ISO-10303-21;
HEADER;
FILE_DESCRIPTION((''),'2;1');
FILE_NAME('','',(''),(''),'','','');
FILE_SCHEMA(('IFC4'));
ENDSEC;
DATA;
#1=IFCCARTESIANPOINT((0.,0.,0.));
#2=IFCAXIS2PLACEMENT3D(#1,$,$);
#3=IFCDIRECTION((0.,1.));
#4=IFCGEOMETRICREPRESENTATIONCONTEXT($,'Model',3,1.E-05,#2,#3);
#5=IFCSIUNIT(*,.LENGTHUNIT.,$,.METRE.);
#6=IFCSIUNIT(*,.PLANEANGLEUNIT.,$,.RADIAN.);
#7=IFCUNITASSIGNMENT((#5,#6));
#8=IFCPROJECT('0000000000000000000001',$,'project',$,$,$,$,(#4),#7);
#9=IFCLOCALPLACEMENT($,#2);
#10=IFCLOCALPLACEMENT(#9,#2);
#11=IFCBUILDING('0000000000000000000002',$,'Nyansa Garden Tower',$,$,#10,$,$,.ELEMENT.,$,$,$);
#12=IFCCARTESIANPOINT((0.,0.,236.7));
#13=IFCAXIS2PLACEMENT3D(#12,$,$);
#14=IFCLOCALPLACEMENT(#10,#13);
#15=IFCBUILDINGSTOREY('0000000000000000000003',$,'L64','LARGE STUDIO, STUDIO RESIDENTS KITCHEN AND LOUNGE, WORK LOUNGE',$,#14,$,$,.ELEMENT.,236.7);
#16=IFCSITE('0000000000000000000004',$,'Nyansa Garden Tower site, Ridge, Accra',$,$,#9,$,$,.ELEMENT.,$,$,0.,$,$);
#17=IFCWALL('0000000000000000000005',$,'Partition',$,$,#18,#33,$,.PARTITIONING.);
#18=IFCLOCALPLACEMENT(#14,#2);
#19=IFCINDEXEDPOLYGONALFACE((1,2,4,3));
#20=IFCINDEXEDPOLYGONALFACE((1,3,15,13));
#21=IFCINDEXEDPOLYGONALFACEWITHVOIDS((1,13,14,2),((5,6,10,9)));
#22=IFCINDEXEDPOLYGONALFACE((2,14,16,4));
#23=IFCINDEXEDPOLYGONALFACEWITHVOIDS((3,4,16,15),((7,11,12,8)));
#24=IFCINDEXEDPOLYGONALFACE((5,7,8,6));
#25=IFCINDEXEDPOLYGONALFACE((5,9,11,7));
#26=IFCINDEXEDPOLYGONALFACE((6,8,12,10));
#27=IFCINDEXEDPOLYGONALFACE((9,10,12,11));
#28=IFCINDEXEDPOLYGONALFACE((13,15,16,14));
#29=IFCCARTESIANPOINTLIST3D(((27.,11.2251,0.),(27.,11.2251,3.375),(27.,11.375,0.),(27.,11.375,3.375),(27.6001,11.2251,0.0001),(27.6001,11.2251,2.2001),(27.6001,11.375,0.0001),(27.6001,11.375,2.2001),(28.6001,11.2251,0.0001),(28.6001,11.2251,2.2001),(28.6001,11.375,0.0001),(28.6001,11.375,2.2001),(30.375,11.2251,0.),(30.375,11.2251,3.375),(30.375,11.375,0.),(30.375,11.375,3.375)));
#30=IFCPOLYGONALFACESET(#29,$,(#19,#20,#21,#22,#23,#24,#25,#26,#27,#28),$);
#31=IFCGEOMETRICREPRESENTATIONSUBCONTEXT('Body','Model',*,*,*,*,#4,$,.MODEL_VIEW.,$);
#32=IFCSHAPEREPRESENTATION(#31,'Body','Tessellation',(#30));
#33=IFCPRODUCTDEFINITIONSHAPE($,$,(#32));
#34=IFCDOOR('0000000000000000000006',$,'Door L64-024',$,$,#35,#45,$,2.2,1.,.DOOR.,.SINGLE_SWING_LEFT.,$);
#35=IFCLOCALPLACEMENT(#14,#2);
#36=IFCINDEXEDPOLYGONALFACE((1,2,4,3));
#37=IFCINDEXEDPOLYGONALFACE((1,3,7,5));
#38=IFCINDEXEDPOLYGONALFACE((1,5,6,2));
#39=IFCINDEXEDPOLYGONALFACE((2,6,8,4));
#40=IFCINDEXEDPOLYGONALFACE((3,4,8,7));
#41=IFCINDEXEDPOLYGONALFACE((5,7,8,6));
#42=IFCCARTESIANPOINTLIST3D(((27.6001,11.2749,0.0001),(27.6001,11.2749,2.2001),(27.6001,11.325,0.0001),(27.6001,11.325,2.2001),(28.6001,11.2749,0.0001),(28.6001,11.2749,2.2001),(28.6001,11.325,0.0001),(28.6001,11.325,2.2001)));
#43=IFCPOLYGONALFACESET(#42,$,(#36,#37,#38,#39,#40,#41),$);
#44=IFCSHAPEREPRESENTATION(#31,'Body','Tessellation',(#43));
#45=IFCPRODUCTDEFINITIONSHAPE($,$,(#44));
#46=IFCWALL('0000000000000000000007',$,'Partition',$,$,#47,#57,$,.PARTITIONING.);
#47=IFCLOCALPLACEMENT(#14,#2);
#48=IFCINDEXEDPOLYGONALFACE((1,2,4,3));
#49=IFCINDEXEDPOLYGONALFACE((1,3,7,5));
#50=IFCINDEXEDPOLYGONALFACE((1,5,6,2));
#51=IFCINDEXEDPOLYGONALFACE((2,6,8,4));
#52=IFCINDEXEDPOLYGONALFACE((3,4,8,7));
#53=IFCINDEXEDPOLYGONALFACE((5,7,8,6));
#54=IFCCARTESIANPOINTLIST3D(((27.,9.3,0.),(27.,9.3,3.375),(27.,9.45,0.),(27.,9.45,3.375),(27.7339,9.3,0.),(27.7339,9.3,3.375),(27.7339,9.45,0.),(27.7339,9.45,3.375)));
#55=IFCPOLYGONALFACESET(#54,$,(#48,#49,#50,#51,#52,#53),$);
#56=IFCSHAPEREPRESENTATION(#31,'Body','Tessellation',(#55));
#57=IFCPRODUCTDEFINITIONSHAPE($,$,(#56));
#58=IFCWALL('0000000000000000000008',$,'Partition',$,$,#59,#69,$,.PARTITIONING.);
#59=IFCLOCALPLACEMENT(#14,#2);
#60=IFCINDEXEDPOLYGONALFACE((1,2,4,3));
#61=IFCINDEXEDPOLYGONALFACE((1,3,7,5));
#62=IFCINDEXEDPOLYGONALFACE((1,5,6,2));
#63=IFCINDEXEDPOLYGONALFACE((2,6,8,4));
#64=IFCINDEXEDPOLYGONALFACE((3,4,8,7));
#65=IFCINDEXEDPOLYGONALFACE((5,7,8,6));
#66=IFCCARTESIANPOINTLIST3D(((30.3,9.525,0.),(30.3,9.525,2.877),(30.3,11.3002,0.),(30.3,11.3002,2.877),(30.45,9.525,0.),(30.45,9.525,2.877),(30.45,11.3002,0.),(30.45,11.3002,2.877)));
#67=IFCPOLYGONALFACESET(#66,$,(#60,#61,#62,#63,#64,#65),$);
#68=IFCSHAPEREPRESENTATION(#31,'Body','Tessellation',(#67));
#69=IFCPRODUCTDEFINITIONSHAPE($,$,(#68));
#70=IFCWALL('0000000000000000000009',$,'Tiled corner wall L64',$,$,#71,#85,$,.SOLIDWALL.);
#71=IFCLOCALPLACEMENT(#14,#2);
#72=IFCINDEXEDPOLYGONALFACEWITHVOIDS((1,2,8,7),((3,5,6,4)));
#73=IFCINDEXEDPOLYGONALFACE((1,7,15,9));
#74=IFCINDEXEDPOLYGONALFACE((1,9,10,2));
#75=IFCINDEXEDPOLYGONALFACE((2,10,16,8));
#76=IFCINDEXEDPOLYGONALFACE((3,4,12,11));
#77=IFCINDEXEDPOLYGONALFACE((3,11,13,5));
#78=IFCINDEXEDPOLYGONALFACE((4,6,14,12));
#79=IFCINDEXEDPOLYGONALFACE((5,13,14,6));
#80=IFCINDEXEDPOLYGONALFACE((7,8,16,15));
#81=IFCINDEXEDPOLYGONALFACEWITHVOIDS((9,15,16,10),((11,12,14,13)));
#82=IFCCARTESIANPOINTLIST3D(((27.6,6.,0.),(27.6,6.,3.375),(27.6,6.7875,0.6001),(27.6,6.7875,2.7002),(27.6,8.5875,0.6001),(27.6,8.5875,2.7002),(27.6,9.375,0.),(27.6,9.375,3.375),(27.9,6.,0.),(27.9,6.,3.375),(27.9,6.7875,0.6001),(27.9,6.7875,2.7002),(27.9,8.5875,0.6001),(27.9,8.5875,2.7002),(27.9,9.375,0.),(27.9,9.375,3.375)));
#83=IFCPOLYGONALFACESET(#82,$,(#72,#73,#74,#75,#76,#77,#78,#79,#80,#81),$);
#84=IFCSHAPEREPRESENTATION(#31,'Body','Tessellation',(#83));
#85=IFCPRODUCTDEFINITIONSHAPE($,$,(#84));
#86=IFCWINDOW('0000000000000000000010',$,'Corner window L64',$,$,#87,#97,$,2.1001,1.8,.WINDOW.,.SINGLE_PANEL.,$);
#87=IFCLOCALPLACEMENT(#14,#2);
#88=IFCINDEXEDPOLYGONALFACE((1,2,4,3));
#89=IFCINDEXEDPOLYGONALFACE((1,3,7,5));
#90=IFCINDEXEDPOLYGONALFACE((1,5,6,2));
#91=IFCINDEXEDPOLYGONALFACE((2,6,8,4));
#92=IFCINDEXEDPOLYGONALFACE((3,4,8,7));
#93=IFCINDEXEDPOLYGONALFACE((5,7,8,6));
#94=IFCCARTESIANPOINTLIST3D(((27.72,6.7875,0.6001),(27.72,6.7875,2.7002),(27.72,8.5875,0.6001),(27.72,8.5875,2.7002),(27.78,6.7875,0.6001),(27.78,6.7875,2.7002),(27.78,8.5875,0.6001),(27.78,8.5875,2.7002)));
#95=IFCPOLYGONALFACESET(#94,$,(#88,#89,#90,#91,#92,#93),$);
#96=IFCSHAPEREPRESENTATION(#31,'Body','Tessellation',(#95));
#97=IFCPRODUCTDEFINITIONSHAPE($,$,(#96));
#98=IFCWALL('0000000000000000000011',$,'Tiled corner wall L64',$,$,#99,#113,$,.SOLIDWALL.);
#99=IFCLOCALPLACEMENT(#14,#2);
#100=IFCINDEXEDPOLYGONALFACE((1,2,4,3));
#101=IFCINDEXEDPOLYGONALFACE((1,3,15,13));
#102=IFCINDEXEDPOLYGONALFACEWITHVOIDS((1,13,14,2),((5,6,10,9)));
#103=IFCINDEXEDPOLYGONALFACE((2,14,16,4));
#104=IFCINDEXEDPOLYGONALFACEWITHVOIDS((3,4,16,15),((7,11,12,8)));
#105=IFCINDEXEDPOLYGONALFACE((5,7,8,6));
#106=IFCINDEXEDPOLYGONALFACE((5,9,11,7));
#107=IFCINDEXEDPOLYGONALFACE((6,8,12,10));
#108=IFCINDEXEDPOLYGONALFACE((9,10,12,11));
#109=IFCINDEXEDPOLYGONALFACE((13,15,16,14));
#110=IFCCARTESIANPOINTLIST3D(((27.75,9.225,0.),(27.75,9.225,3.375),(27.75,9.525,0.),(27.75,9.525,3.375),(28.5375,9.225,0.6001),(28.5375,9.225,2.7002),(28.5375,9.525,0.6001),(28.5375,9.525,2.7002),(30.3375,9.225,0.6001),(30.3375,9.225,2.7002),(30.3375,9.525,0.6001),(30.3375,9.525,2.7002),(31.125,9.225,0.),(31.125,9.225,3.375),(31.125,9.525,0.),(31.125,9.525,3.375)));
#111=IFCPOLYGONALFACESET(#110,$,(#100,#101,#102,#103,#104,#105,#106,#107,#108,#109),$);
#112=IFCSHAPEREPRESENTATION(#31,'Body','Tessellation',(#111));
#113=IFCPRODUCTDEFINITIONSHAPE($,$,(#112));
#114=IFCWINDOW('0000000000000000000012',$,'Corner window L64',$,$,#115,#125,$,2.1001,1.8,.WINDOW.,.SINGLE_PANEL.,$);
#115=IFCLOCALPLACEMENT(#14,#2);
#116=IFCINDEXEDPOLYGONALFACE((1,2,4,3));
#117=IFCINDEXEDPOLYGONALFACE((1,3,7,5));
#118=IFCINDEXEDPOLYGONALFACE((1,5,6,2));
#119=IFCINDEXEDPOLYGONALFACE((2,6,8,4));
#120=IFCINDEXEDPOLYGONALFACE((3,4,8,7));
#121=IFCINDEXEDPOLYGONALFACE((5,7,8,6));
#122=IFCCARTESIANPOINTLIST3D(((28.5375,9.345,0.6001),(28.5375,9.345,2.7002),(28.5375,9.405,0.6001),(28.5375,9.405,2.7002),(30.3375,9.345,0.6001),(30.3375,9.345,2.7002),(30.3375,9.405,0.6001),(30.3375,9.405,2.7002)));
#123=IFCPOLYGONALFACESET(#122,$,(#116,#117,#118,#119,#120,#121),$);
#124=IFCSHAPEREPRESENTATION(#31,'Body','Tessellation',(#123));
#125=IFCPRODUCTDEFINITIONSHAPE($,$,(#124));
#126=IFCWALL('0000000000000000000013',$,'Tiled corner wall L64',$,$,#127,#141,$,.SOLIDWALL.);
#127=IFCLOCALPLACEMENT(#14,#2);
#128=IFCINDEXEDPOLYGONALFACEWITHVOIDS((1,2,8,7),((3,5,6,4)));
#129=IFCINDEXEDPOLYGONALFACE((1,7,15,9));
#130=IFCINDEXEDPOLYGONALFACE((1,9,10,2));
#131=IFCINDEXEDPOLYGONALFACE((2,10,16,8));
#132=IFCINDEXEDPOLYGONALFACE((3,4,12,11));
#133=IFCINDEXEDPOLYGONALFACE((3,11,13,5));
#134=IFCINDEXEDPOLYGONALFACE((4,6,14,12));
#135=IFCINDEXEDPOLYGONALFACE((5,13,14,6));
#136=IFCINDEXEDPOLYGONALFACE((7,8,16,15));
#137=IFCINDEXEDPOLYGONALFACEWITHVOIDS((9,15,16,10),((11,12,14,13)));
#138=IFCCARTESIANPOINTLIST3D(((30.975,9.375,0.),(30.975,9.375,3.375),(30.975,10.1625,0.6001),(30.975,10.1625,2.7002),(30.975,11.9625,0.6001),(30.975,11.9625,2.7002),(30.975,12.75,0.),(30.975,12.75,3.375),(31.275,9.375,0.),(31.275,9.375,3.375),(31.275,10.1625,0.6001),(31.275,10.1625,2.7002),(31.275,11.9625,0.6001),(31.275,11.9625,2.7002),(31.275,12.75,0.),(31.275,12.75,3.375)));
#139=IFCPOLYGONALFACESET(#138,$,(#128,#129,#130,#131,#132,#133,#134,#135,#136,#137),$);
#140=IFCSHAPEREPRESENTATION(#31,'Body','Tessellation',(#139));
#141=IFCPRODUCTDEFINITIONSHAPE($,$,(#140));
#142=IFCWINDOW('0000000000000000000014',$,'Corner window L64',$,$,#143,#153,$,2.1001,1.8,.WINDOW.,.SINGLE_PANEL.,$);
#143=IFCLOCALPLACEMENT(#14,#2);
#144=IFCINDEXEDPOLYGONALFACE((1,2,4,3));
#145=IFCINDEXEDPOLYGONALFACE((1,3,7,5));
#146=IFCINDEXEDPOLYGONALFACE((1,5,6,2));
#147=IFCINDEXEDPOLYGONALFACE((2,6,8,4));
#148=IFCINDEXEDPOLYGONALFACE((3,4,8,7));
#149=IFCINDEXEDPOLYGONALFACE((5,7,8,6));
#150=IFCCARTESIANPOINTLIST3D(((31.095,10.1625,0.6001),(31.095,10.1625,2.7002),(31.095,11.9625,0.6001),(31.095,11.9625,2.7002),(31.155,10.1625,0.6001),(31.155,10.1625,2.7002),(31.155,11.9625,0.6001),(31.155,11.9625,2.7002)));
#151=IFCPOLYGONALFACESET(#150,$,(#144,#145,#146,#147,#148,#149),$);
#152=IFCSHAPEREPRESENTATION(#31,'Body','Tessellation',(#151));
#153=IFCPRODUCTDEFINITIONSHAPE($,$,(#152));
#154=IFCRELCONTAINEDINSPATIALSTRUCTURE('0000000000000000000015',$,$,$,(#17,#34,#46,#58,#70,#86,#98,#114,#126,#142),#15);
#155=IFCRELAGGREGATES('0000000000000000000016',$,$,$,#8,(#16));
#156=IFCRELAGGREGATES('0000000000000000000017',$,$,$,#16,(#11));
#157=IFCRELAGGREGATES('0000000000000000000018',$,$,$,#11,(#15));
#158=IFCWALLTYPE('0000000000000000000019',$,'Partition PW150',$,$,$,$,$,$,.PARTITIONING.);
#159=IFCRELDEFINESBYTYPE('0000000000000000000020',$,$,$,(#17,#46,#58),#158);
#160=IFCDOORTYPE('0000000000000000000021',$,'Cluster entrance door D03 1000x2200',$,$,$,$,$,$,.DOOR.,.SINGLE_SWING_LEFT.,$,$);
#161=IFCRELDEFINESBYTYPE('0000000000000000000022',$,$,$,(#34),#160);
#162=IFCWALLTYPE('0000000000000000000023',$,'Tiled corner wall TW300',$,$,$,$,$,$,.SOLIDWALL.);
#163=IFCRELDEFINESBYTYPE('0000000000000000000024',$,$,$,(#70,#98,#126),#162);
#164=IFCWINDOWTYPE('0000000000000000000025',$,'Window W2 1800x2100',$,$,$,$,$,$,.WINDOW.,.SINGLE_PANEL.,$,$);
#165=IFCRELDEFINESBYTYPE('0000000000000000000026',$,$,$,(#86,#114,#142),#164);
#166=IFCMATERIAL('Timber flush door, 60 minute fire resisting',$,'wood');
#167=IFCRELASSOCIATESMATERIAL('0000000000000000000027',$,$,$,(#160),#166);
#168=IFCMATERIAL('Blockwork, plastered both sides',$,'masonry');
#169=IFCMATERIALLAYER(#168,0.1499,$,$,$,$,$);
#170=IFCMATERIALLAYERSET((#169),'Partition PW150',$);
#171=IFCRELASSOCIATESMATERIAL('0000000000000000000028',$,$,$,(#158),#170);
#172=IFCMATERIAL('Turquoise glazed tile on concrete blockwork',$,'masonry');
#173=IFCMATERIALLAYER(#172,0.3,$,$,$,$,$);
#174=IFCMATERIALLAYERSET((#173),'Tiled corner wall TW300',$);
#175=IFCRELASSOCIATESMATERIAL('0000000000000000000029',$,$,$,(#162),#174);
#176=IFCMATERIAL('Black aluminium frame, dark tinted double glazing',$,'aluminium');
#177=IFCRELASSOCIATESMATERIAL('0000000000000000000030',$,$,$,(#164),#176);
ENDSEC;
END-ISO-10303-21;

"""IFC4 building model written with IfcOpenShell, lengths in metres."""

from ifc_helpers import new_model, si_unit, direction, frame, frame_2d, origin, place, context, subcontext, project, spatial, rectangle, extrude, material, layer, layer_set, type_object, element, fill, save


model = new_model("IFC4")

# Units and contexts
model_context = context("Model", 3, precision=1e-05, world=origin(), true_north=direction((0.0, 1.0)))
body_context = subcontext(model_context, "Body", "Model", "MODEL_VIEW")
ifc_project = project(units=[si_unit("LENGTHUNIT", "METRE"), si_unit("PLANEANGLEUNIT", "RADIAN")], contexts=[model_context])

# Site, building, storey
site_placement = place(None, origin())
site = spatial("IfcSite", under=ifc_project, at=site_placement, Name="Nyansa Garden Tower site, Ridge, Accra", CompositionType="ELEMENT", RefElevation=0.0)
building_placement = place(site_placement, origin())
building = spatial("IfcBuilding", under=site, at=building_placement, Name="Nyansa Garden Tower", CompositionType="ELEMENT")
storey_placement = place(building_placement, frame((0.0, 0.0, 236.7)))
storey = spatial("IfcBuildingStorey", under=building, at=storey_placement, Name="L64", Description="LARGE STUDIO, STUDIO RESIDENTS KITCHEN AND LOUNGE, WORK LOUNGE", CompositionType="ELEMENT", Elevation=236.7)

# Shared definitions
ifc_material_1 = material(Name="Timber flush door, 60 minute fire resisting", Category="wood")
door_type_1 = type_object("IfcDoorType", Name="Cluster entrance door D03 1000x2200", OperationType="SINGLE_SWING_LEFT", PredefinedType="DOOR", material=ifc_material_1)

# Wall, opening, door
ifc_material_2 = material(Name="Blockwork, plastered both sides", Category="masonry")
ifc_layer_1 = layer(ifc_material_2, 0.1499)
ifc_layer_set_1 = layer_set([ifc_layer_1], Name="Partition PW150")
wall_type_1 = type_object("IfcWallType", Name="Partition PW150", PredefinedType="PARTITIONING", material=ifc_layer_set_1)
wall_1_placement = place(storey_placement, frame((27.0, 11.3, 0.0), z_axis=(0.0, 0.0, 1.0), x_axis=(1.0, 0.0, 0.0)))
wall_1 = element("IfcWall", 1, at=wall_1_placement, inside=storey, type_object=wall_type_1, Name="Partition", PredefinedType="PARTITIONING", context=body_context, shape_type="SweptSolid", body=[
    extrude(rectangle(XDim=3.375, YDim=0.1499, at=frame_2d((1.6875, 0.0))), origin(), (0.0, 0.0, 1.0), 3.375),
])
opening_1_placement = place(wall_1_placement, frame((0.6001, 0.0, 0.0)))
opening_1 = element("IfcOpeningElement", 2, at=opening_1_placement, cuts=wall_1, PredefinedType="OPENING", context=body_context, shape_type="SweptSolid", body=[
    extrude(rectangle(XDim=1.0, YDim=2.2, at=frame_2d((0.5, 1.1001))), frame((0.0, 0.085, 0.0), z_axis=(0.0, -1.0, 0.0), x_axis=(1.0, 0.0, 0.0)), (0.0, 0.0, 1.0), 0.1699),
])
door_1_placement = place(opening_1_placement, origin())
door_1 = element("IfcDoor", 3, at=door_1_placement, inside=storey, type_object=door_type_1, Name="Door L64-024", OperationType="SINGLE_SWING_LEFT", OverallHeight=2.2, OverallWidth=1.0, PredefinedType="DOOR", context=body_context, shape_type="SweptSolid", body=[
    extrude(rectangle(XDim=1.0, YDim=2.2, at=frame_2d((0.5, 1.1001))), frame((0.0, 0.0249, 0.0), z_axis=(0.0, -1.0, 0.0), x_axis=(1.0, 0.0, 0.0)), (0.0, 0.0, 1.0), 0.05),
])
fill(opening_1, door_1)

# Walls
wall_2_placement = place(storey_placement, frame((27.0, 9.375, 0.0), z_axis=(0.0, 0.0, 1.0), x_axis=(1.0, 0.0, 0.0)))
element("IfcWall", 4, at=wall_2_placement, inside=storey, type_object=wall_type_1, Name="Partition", PredefinedType="PARTITIONING", context=body_context, shape_type="SweptSolid", body=[
    extrude(rectangle(XDim=0.7339, YDim=0.1499, at=frame_2d((0.3669, 0.0))), origin(), (0.0, 0.0, 1.0), 3.375),
])
wall_3_placement = place(storey_placement, frame((30.375, 9.5249, 0.0), z_axis=(0.0, 0.0, 1.0), x_axis=(0.0, 1.0, 0.0)))
element("IfcWall", 5, at=wall_3_placement, inside=storey, type_object=wall_type_1, Name="Partition", PredefinedType="PARTITIONING", context=body_context, shape_type="SweptSolid", body=[
    extrude(rectangle(XDim=1.7751, YDim=0.1499, at=frame_2d((0.8877, 0.0))), origin(), (0.0, 0.0, 1.0), 2.877),
])

# Walls, openings, windows
ifc_material_3 = material(Name="Turquoise glazed tile on concrete blockwork", Category="masonry")
ifc_layer_2 = layer(ifc_material_3, 0.3)
ifc_layer_set_2 = layer_set([ifc_layer_2], Name="Tiled corner wall TW300")
wall_type_2 = type_object("IfcWallType", Name="Tiled corner wall TW300", PredefinedType="SOLIDWALL", material=ifc_layer_set_2)
wall_4_placement = place(storey_placement, frame((27.75, 6.0, 0.0), z_axis=(0.0, 0.0, 1.0), x_axis=(0.0, 1.0, 0.0)))
wall_4 = element("IfcWall", 6, at=wall_4_placement, inside=storey, type_object=wall_type_2, Name="Tiled corner wall L64", PredefinedType="SOLIDWALL", context=body_context, shape_type="SweptSolid", body=[
    extrude(rectangle(XDim=3.375, YDim=0.3, at=frame_2d((1.6875, 0.0))), origin(), (0.0, 0.0, 1.0), 3.375),
])
opening_2_placement = place(wall_4_placement, frame((0.7876, 0.0, 0.6001)))
opening_2 = element("IfcOpeningElement", 7, at=opening_2_placement, cuts=wall_4, PredefinedType="OPENING", context=body_context, shape_type="SweptSolid", body=[
    extrude(rectangle(XDim=1.8, YDim=2.1001, at=frame_2d((0.8999, 1.05))), frame((0.0, 0.1599, 0.0), z_axis=(0.0, -1.0, 0.0), x_axis=(1.0, 0.0, 0.0)), (0.0, 0.0, 1.0), 0.3201),
])
ifc_material_4 = material(Name="Black aluminium frame, dark tinted double glazing", Category="aluminium")
window_type = type_object("IfcWindowType", Name="Window W2 1800x2100", PartitioningType="SINGLE_PANEL", PredefinedType="WINDOW", material=ifc_material_4)
window_1_placement = place(opening_2_placement, origin())
window_1 = element("IfcWindow", 8, at=window_1_placement, inside=storey, type_object=window_type, Name="Corner window L64", OverallHeight=2.1001, OverallWidth=1.8, PartitioningType="SINGLE_PANEL", PredefinedType="WINDOW", context=body_context, shape_type="SweptSolid", body=[
    extrude(rectangle(XDim=1.8, YDim=2.1001, at=frame_2d((0.8999, 1.05))), frame((0.0, 0.03, 0.0), z_axis=(0.0, -1.0, 0.0), x_axis=(1.0, 0.0, 0.0)), (0.0, 0.0, 1.0), 0.0601),
])
fill(opening_2, window_1)
wall_5_placement = place(storey_placement, frame((27.75, 9.375, 0.0), z_axis=(0.0, 0.0, 1.0), x_axis=(1.0, 0.0, 0.0)))
wall_5 = element("IfcWall", 9, at=wall_5_placement, inside=storey, type_object=wall_type_2, Name="Tiled corner wall L64", PredefinedType="SOLIDWALL", context=body_context, shape_type="SweptSolid", body=[
    extrude(rectangle(XDim=3.375, YDim=0.3, at=frame_2d((1.6875, 0.0))), origin(), (0.0, 0.0, 1.0), 3.375),
])
opening_3_placement = place(wall_5_placement, frame((0.7876, 0.0, 0.6001)))
opening_3 = element("IfcOpeningElement", 10, at=opening_3_placement, cuts=wall_5, PredefinedType="OPENING", context=body_context, shape_type="SweptSolid", body=[
    extrude(rectangle(XDim=1.8, YDim=2.1001, at=frame_2d((0.8999, 1.05))), frame((0.0, 0.1599, 0.0), z_axis=(0.0, -1.0, 0.0), x_axis=(1.0, 0.0, 0.0)), (0.0, 0.0, 1.0), 0.3201),
])
window_2_placement = place(opening_3_placement, origin())
window_2 = element("IfcWindow", 11, at=window_2_placement, inside=storey, type_object=window_type, Name="Corner window L64", OverallHeight=2.1001, OverallWidth=1.8, PartitioningType="SINGLE_PANEL", PredefinedType="WINDOW", context=body_context, shape_type="SweptSolid", body=[
    extrude(rectangle(XDim=1.8, YDim=2.1001, at=frame_2d((0.8999, 1.05))), frame((0.0, 0.03, 0.0), z_axis=(0.0, -1.0, 0.0), x_axis=(1.0, 0.0, 0.0)), (0.0, 0.0, 1.0), 0.0601),
])
fill(opening_3, window_2)
wall_6_placement = place(storey_placement, frame((31.125, 9.375, 0.0), z_axis=(0.0, 0.0, 1.0), x_axis=(0.0, 1.0, 0.0)))
wall_6 = element("IfcWall", 12, at=wall_6_placement, inside=storey, type_object=wall_type_2, Name="Tiled corner wall L64", PredefinedType="SOLIDWALL", context=body_context, shape_type="SweptSolid", body=[
    extrude(rectangle(XDim=3.375, YDim=0.3, at=frame_2d((1.6875, 0.0))), origin(), (0.0, 0.0, 1.0), 3.375),
])
opening_4_placement = place(wall_6_placement, frame((0.7876, 0.0, 0.6001)))
opening_4 = element("IfcOpeningElement", 13, at=opening_4_placement, cuts=wall_6, PredefinedType="OPENING", context=body_context, shape_type="SweptSolid", body=[
    extrude(rectangle(XDim=1.8, YDim=2.1001, at=frame_2d((0.8999, 1.05))), frame((0.0, 0.1599, 0.0), z_axis=(0.0, -1.0, 0.0), x_axis=(1.0, 0.0, 0.0)), (0.0, 0.0, 1.0), 0.3201),
])
window_3_placement = place(opening_4_placement, origin())
window_3 = element("IfcWindow", 14, at=window_3_placement, inside=storey, type_object=window_type, Name="Corner window L64", OverallHeight=2.1001, OverallWidth=1.8, PartitioningType="SINGLE_PANEL", PredefinedType="WINDOW", context=body_context, shape_type="SweptSolid", body=[
    extrude(rectangle(XDim=1.8, YDim=2.1001, at=frame_2d((0.8999, 1.05))), frame((0.0, 0.03, 0.0), z_axis=(0.0, -1.0, 0.0), x_axis=(1.0, 0.0, 0.0)), (0.0, 0.0, 1.0), 0.0601),
])
fill(opening_4, window_3)

save(model, "model.ifc")
